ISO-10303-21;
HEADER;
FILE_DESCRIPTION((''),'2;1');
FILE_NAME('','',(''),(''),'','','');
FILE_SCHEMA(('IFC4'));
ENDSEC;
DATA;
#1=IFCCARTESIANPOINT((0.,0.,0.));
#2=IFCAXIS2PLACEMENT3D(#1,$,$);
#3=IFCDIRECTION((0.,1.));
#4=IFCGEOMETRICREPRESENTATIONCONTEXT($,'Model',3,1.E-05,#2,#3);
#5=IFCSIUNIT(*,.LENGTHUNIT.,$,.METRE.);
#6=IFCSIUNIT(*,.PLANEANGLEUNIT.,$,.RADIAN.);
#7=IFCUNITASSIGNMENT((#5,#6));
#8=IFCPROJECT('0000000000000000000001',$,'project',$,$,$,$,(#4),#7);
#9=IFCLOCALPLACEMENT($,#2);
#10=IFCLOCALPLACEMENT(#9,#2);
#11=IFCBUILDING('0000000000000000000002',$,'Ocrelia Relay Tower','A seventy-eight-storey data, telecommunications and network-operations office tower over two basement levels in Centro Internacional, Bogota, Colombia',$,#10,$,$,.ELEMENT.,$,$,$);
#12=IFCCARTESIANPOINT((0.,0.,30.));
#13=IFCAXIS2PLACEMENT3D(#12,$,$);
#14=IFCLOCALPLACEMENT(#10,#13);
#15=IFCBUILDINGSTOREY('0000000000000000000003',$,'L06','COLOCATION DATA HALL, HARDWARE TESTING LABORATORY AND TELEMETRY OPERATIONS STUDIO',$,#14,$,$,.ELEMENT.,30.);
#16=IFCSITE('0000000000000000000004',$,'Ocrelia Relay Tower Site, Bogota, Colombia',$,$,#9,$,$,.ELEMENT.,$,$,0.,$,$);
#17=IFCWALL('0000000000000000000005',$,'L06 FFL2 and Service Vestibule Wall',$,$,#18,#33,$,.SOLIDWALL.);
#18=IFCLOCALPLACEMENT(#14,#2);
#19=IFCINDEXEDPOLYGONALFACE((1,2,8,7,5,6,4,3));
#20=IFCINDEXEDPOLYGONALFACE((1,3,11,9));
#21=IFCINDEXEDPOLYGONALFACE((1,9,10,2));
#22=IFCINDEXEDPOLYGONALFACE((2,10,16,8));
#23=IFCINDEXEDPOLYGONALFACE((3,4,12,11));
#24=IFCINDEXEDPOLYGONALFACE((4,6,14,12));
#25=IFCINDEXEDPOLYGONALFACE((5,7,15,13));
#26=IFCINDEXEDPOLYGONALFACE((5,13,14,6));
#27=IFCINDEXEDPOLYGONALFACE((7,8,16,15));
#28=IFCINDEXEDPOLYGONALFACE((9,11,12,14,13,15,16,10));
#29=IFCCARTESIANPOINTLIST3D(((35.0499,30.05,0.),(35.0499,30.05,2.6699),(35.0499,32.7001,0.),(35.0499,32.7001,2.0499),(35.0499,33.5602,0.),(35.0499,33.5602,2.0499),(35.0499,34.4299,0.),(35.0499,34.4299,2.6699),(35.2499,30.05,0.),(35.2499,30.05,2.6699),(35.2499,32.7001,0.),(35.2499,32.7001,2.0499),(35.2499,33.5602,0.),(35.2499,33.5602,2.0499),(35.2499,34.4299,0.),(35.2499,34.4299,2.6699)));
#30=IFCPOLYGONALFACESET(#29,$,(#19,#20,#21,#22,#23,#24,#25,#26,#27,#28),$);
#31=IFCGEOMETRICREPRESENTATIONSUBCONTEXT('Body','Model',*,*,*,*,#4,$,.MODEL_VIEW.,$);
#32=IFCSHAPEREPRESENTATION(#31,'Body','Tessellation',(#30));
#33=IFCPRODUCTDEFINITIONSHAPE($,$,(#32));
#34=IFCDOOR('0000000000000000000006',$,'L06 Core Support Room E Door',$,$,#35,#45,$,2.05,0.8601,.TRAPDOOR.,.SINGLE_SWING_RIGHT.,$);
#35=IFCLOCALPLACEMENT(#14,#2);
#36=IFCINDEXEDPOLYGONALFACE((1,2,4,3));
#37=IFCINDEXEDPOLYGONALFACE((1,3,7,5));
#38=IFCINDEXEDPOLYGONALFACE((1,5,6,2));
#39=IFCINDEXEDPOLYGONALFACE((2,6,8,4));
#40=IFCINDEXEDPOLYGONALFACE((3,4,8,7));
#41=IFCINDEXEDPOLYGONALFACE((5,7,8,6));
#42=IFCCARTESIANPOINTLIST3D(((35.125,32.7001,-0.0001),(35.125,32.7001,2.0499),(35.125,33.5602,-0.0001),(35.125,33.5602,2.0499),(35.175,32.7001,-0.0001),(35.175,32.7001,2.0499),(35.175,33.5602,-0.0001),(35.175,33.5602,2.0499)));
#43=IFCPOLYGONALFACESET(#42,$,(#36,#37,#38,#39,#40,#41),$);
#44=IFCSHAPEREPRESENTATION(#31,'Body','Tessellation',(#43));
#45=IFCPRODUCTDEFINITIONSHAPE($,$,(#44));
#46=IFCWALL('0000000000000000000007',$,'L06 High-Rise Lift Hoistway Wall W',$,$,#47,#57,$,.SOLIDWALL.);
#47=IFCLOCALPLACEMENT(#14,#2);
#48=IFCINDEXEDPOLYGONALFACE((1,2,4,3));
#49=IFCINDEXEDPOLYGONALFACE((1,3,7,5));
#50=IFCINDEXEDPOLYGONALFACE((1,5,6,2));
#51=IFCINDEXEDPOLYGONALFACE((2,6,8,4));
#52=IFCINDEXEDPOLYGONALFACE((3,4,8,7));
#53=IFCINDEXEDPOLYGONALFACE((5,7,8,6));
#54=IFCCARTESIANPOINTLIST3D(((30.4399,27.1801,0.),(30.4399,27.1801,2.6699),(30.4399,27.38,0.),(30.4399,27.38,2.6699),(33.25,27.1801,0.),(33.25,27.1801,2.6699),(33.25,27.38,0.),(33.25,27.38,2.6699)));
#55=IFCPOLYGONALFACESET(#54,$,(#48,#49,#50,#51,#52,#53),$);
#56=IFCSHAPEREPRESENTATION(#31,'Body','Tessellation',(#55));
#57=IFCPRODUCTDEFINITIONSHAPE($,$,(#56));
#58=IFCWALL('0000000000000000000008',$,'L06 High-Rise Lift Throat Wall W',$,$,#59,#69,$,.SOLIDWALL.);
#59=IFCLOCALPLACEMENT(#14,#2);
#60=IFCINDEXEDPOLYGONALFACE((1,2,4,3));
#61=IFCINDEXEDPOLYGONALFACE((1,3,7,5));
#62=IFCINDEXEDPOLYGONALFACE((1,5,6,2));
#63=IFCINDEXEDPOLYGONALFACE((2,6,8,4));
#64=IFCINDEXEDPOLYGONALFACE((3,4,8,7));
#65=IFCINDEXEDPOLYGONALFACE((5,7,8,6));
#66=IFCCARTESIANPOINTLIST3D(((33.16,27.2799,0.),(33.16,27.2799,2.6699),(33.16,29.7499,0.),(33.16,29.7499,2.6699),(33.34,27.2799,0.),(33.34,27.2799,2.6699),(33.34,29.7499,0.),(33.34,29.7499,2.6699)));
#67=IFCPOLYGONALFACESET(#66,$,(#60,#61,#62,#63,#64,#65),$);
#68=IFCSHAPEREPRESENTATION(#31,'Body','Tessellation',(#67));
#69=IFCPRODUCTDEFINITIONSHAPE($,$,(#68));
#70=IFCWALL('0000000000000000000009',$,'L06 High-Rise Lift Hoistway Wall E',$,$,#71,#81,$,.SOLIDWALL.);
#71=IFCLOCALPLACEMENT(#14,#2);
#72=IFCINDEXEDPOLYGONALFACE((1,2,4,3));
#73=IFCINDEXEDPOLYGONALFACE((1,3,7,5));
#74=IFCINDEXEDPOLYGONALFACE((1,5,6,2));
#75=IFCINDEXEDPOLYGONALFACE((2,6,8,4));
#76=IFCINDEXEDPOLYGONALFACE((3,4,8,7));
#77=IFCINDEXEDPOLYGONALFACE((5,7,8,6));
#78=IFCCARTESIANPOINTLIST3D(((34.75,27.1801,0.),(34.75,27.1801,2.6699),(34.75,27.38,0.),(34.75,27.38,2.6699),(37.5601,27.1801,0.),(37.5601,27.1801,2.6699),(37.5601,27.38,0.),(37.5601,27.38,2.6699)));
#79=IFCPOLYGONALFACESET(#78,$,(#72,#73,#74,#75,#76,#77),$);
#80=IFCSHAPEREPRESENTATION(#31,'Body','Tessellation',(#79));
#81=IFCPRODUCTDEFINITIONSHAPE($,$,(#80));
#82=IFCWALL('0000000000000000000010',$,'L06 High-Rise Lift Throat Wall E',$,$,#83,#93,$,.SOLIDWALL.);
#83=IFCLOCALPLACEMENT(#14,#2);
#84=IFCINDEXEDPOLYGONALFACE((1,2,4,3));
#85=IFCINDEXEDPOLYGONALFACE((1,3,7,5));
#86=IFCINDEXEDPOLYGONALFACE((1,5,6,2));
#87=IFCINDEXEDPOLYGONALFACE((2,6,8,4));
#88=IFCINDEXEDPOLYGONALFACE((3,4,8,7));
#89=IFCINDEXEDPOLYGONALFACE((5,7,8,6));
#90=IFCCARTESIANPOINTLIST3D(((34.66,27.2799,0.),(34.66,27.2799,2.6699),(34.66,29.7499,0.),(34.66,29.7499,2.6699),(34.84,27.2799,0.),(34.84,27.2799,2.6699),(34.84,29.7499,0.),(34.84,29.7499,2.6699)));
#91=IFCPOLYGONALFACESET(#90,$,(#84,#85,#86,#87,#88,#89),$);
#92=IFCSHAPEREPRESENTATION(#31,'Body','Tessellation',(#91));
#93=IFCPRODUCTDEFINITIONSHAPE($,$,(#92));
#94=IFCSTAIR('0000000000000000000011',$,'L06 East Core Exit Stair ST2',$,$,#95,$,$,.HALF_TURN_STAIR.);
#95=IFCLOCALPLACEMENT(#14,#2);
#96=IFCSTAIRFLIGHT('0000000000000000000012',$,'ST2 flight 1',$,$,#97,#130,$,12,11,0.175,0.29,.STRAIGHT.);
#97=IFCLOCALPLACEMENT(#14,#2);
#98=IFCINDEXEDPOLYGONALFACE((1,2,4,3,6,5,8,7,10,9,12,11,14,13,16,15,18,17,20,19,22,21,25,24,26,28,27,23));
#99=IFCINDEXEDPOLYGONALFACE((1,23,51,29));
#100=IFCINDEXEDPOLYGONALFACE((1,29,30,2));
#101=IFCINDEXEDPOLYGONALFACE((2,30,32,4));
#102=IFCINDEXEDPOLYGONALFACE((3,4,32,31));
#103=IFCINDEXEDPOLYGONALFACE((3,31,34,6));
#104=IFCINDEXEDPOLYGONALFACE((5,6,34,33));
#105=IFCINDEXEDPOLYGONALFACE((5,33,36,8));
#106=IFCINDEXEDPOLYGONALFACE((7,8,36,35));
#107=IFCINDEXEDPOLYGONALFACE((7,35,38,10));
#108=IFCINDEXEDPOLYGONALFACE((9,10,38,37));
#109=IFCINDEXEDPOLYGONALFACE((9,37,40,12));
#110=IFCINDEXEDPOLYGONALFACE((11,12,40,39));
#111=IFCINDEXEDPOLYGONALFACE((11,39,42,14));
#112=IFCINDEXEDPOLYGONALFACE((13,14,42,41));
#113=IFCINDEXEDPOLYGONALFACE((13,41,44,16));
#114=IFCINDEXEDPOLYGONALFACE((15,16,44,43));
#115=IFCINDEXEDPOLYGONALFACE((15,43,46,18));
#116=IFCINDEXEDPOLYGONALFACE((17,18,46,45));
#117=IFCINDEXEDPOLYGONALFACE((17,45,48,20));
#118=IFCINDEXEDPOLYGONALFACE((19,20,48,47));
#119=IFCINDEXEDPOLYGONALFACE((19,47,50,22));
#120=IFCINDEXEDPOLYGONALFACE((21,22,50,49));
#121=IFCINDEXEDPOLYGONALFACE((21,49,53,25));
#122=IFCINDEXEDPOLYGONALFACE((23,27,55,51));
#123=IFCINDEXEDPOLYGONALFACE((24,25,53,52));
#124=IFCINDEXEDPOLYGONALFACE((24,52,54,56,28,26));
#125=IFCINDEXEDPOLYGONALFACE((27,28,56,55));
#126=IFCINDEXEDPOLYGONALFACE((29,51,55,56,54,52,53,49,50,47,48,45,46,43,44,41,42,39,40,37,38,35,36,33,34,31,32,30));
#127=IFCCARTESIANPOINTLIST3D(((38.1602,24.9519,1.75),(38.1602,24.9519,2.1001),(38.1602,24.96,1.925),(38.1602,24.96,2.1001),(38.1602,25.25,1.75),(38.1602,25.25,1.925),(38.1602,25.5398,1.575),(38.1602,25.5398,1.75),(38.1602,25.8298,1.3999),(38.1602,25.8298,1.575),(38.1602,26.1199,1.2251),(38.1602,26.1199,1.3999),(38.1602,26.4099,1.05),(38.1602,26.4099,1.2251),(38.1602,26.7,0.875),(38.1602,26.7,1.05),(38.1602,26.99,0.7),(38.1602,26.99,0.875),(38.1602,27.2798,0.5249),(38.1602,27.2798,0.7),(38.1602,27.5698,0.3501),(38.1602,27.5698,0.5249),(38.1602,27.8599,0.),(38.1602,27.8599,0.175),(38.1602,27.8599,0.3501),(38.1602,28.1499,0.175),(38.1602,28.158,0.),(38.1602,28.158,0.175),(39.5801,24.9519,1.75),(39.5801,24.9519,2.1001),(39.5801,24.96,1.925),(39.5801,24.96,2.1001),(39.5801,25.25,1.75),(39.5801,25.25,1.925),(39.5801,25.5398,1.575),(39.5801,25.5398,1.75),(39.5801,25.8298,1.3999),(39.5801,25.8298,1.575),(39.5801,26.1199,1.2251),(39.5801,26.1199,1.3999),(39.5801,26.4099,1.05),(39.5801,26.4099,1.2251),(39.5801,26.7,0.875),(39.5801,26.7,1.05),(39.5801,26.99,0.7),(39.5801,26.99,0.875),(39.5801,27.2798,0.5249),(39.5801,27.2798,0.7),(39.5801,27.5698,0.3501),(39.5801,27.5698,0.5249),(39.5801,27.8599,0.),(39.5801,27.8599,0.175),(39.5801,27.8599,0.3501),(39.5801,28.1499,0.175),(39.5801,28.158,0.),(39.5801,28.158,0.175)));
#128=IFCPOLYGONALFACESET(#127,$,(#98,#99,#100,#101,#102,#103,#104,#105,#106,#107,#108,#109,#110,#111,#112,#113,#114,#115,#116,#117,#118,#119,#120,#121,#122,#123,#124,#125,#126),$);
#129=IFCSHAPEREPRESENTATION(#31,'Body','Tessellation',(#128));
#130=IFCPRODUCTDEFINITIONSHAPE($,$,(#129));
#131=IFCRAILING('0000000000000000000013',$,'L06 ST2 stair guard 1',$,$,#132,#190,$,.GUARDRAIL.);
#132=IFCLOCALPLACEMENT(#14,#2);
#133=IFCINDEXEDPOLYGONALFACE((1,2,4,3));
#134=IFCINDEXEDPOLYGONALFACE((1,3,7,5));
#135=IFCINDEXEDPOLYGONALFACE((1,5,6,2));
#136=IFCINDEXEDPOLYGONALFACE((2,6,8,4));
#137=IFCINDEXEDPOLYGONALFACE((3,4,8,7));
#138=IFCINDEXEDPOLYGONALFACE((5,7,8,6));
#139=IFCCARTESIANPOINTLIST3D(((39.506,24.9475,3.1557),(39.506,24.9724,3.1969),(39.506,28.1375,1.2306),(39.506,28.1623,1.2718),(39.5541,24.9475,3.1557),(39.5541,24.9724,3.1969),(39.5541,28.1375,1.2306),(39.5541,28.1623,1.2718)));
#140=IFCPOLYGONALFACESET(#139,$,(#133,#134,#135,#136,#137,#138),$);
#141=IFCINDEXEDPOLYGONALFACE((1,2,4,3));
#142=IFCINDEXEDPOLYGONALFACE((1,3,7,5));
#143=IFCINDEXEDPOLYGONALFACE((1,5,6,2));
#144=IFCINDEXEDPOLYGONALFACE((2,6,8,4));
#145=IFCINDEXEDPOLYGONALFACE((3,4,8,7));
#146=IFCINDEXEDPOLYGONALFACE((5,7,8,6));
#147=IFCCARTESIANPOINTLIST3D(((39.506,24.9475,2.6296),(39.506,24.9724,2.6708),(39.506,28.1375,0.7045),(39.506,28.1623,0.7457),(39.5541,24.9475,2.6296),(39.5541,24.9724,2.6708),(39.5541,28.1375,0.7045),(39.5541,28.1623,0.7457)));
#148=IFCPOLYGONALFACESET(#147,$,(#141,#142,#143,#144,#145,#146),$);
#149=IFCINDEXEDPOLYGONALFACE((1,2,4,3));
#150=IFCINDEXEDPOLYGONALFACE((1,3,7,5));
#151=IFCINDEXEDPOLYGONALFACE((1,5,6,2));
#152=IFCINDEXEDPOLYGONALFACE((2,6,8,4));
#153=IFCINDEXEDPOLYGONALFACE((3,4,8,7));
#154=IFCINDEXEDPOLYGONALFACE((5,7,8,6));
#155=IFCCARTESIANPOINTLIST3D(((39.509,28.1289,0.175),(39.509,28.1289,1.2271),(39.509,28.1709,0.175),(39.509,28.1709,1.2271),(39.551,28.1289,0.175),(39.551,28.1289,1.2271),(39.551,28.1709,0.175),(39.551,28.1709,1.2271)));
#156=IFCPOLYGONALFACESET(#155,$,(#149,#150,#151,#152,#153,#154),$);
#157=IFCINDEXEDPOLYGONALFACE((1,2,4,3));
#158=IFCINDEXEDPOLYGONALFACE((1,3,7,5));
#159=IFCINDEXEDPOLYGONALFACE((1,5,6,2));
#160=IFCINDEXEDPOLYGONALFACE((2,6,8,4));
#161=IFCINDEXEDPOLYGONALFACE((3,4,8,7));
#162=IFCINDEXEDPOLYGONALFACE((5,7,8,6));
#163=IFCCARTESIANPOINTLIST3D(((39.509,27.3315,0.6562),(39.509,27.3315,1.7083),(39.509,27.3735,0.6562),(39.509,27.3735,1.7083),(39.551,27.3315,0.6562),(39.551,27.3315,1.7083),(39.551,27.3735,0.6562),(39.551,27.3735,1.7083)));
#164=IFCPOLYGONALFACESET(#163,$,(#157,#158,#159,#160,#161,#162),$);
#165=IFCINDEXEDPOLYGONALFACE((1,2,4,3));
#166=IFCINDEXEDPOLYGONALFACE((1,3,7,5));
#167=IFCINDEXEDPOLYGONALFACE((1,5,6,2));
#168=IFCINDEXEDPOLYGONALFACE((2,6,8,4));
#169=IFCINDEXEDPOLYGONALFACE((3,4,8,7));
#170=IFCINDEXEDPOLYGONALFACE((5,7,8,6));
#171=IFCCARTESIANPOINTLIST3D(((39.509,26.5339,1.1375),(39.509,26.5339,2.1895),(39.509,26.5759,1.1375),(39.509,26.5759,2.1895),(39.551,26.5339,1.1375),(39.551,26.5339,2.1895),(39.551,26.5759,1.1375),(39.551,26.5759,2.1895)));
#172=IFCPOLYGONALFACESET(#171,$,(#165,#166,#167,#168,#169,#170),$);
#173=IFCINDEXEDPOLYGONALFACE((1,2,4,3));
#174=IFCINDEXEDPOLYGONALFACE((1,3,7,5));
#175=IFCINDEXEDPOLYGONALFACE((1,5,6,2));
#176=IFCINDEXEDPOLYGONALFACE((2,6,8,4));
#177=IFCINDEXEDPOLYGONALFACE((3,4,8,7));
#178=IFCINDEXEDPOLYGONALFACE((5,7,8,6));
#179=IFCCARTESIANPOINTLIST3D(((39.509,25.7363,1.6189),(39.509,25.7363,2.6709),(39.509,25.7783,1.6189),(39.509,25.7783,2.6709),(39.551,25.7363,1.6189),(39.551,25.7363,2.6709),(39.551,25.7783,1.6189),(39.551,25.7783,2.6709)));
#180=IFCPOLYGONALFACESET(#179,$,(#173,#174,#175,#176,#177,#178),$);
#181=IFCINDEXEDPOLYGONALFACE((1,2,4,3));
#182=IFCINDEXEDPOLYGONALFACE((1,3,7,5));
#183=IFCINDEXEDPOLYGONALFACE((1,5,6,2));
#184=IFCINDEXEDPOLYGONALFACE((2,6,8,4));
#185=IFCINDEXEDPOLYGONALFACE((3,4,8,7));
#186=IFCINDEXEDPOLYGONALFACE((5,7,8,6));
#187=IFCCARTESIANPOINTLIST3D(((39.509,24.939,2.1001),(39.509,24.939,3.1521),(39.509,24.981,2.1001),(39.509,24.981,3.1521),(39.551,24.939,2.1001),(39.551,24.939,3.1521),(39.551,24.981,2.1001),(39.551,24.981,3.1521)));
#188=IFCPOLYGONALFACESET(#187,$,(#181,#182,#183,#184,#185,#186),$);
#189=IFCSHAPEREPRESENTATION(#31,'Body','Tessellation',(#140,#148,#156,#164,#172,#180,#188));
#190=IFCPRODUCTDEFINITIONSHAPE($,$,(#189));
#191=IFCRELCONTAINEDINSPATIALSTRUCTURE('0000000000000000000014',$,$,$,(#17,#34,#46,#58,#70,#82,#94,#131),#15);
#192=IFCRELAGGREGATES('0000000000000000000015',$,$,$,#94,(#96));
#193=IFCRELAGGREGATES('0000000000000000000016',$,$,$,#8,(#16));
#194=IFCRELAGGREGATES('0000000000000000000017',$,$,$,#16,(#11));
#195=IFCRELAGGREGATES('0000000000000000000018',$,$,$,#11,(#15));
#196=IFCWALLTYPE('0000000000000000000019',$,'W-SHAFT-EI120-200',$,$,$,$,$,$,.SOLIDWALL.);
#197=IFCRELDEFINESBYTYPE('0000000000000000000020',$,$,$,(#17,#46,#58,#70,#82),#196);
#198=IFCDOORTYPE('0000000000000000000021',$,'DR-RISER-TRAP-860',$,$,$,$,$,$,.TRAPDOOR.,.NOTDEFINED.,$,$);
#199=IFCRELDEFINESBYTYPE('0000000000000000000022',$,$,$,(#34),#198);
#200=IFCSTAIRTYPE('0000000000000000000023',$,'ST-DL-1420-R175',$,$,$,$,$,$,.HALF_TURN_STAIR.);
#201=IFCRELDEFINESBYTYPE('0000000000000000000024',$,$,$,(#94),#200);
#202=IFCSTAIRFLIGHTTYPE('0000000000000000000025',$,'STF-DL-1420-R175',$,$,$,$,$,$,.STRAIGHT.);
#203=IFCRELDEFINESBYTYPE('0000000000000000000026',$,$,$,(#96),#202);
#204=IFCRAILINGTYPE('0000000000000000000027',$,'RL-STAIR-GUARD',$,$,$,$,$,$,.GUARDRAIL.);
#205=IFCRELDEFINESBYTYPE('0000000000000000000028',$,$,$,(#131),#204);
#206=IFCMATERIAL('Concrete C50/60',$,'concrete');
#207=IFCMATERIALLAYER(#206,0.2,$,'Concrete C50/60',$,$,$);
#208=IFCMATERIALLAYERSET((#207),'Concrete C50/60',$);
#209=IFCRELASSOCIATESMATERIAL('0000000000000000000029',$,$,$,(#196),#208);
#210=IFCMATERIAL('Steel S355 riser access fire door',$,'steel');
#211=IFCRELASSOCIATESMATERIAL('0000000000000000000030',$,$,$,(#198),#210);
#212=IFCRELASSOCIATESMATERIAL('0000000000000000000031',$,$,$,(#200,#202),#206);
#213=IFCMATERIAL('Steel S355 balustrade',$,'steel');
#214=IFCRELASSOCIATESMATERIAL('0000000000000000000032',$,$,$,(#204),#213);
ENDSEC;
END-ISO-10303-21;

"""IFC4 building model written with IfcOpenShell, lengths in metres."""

from ifc_helpers import new_model, si_unit, direction, frame, frame_2d, origin, origin_2d, place, context, subcontext, project, spatial, polyline, rectangle, outline, extrude, material, layer, layer_set, type_object, element, fill, aggregate, save


model = new_model("IFC4")

# Units and contexts
model_context = context("Model", 3, precision=1e-05, world=origin(), true_north=direction((0.0, 1.0)))
body_context = subcontext(model_context, "Body", "Model", "MODEL_VIEW")
ifc_project = project(units=[si_unit("LENGTHUNIT", "METRE"), si_unit("PLANEANGLEUNIT", "RADIAN")], contexts=[model_context])

# Site, building, storey
site_placement = place(None, origin())
site = spatial("IfcSite", under=ifc_project, at=site_placement, Name="Ocrelia Relay Tower Site, Bogota, Colombia", CompositionType="ELEMENT", RefElevation=0.0)
building_placement = place(site_placement, origin())
building = spatial("IfcBuilding", under=site, at=building_placement, Name="Ocrelia Relay Tower", Description="A seventy-eight-storey data, telecommunications and network-operations office tower over two basement levels in Centro Internacional, Bogota, Colombia", CompositionType="ELEMENT")
storey_placement = place(building_placement, frame((0.0, 0.0, 30.0)))
storey = spatial("IfcBuildingStorey", under=building, at=storey_placement, Name="L06", Description="COLOCATION DATA HALL, HARDWARE TESTING LABORATORY AND TELEMETRY OPERATIONS STUDIO", CompositionType="ELEMENT", Elevation=30.0)

# Shared definitions
ifc_material_1 = material(Name="Concrete C50/60", Category="concrete")

# Shared definitions
ifc_layer_1 = layer(ifc_material_1, 0.2, Name="Concrete C50/60")
ifc_layer_set_1 = layer_set([ifc_layer_1], Name="Concrete C50/60")
wall_type_1 = type_object("IfcWallType", Name="W-SHAFT-EI120-200", PredefinedType="SOLIDWALL", material=ifc_layer_set_1)
ifc_material_2 = material(Name="Steel S355 riser access fire door", Category="steel")
door_type_1 = type_object("IfcDoorType", Name="DR-RISER-TRAP-860", OperationType="NOTDEFINED", PredefinedType="TRAPDOOR", material=ifc_material_2)

# Wall, opening, door
wall_1_placement = place(storey_placement, frame((35.1499, 30.05, 0.0), z_axis=(0.0, 0.0, 1.0), x_axis=(0.0, 1.0, 0.0)))
wall_1 = element("IfcWall", 1, at=wall_1_placement, inside=storey, type_object=wall_type_1, Name="L06 FFL2 and Service Vestibule Wall", PredefinedType="SOLIDWALL", context=body_context, shape_type="SweptSolid", body=[
    extrude(rectangle(XDim=4.3799, YDim=0.2, at=frame_2d((2.1899, 0.0))), origin(), (0.0, 0.0, 1.0), 2.6699),
])
opening_1_placement = place(wall_1_placement, frame((2.6499, 0.0, 0.0)))
opening_1 = element("IfcOpeningElement", 2, at=opening_1_placement, cuts=wall_1, PredefinedType="OPENING", context=body_context, shape_type="SweptSolid", body=[
    extrude(rectangle(XDim=0.8601, YDim=2.05, at=frame_2d((0.4302, 1.0249))), frame((0.0, 0.1099, 0.0), z_axis=(0.0, -1.0, 0.0), x_axis=(1.0, 0.0, 0.0)), (0.0, 0.0, 1.0), 0.22),
])
door_1_placement = place(opening_1_placement, origin())
door_1 = element("IfcDoor", 3, at=door_1_placement, inside=storey, type_object=door_type_1, Name="L06 Core Support Room E Door", OperationType="SINGLE_SWING_RIGHT", OverallHeight=2.05, OverallWidth=0.8601, PredefinedType="TRAPDOOR", context=body_context, shape_type="SweptSolid", body=[
    extrude(rectangle(XDim=0.8601, YDim=2.05, at=frame_2d((0.4302, 1.0249))), frame((0.0, 0.0249, 0.0), z_axis=(0.0, -1.0, 0.0), x_axis=(1.0, 0.0, 0.0)), (0.0, 0.0, 1.0), 0.05),
])
fill(opening_1, door_1)

# Walls
wall_2_placement = place(storey_placement, frame((30.4399, 27.28, 0.0), z_axis=(0.0, 0.0, 1.0), x_axis=(1.0, 0.0, 0.0)))
element("IfcWall", 4, at=wall_2_placement, inside=storey, type_object=wall_type_1, Name="L06 High-Rise Lift Hoistway Wall W", PredefinedType="SOLIDWALL", context=body_context, shape_type="SweptSolid", body=[
    extrude(rectangle(XDim=2.8101, YDim=0.2, at=frame_2d((1.405, 0.0))), origin(), (0.0, 0.0, 1.0), 2.6699),
])
wall_3_placement = place(storey_placement, frame((33.25, 27.28, 0.0), z_axis=(0.0, 0.0, 1.0), x_axis=(0.0, 1.0, 0.0)))
element("IfcWall", 5, at=wall_3_placement, inside=storey, type_object=wall_type_1, Name="L06 High-Rise Lift Throat Wall W", PredefinedType="SOLIDWALL", context=body_context, shape_type="SweptSolid", body=[
    extrude(rectangle(XDim=2.47, YDim=0.1799, at=frame_2d((1.2349, 0.0))), origin(), (0.0, 0.0, 1.0), 2.6699),
])
wall_4_placement = place(storey_placement, frame((34.75, 27.28, 0.0), z_axis=(0.0, 0.0, 1.0), x_axis=(1.0, 0.0, 0.0)))
element("IfcWall", 6, at=wall_4_placement, inside=storey, type_object=wall_type_1, Name="L06 High-Rise Lift Hoistway Wall E", PredefinedType="SOLIDWALL", context=body_context, shape_type="SweptSolid", body=[
    extrude(rectangle(XDim=2.8101, YDim=0.2, at=frame_2d((1.405, 0.0))), origin(), (0.0, 0.0, 1.0), 2.6699),
])
wall_5_placement = place(storey_placement, frame((34.75, 27.28, 0.0), z_axis=(0.0, 0.0, 1.0), x_axis=(0.0, 1.0, 0.0)))
element("IfcWall", 7, at=wall_5_placement, inside=storey, type_object=wall_type_1, Name="L06 High-Rise Lift Throat Wall E", PredefinedType="SOLIDWALL", context=body_context, shape_type="SweptSolid", body=[
    extrude(rectangle(XDim=2.47, YDim=0.1799, at=frame_2d((1.2349, 0.0))), origin(), (0.0, 0.0, 1.0), 2.6699),
])

# Stair, stair flight
stair_type = type_object("IfcStairType", Name="ST-DL-1420-R175", PredefinedType="HALF_TURN_STAIR", material=ifc_material_1)
stair_placement = place(storey_placement, origin())
stair = element("IfcStair", 8, at=stair_placement, inside=storey, type_object=stair_type, Name="L06 East Core Exit Stair ST2", PredefinedType="HALF_TURN_STAIR")
stair_flight_type = type_object("IfcStairFlightType", Name="STF-DL-1420-R175", PredefinedType="STRAIGHT", material=ifc_material_1)
stair_flight_placement = place(storey_placement, frame((38.8701, 28.1499, 0.0), z_axis=(0.0, 0.0, 1.0), x_axis=(0.0, -1.0, 0.0)))
stair_flight = element("IfcStairFlight", 9, at=stair_flight_placement, type_object=stair_flight_type, Name="ST2 flight 1", NumberOfRisers=12, NumberOfTreads=11, PredefinedType="STRAIGHT", RiserHeight=0.175, TreadLength=0.29, context=body_context, shape_type="SweptSolid", body=[
    extrude(outline(polyline([(-0.0081, 0.0), (-0.0081, 0.175), (0.0, 0.175), (0.29, 0.175), (0.29, 0.3501), (0.5801, 0.3501), (0.5801, 0.5249), (0.8701, 0.5249), (0.8701, 0.7), (1.1599, 0.7), (1.1599, 0.875), (1.45, 0.875), (1.45, 1.05), (1.74, 1.05), (1.74, 1.2251), (2.03, 1.2251), (2.03, 1.3999), (2.3201, 1.3999), (2.3201, 1.575), (2.6101, 1.575), (2.6101, 1.75), (2.8999, 1.75), (2.8999, 1.925), (3.1899, 1.925), (3.1899, 2.1001), (3.198, 2.1001), (3.198, 1.75), (0.29, 0.0), (-0.0081, 0.0)])), frame((0.0, 0.71, 0.0), z_axis=(0.0, -1.0, 0.0), x_axis=(1.0, 0.0, 0.0)), (0.0, 0.0, 1.0), 1.4199),
])
aggregate(stair, [stair_flight])

# Railing
ifc_material_3 = material(Name="Steel S355 balustrade", Category="steel")
railing_type_1 = type_object("IfcRailingType", Name="RL-STAIR-GUARD", PredefinedType="GUARDRAIL", material=ifc_material_3)
railing_1_placement = place(storey_placement, frame((39.53, 28.1499, 0.175)))
element("IfcRailing", 10, at=railing_1_placement, inside=storey, type_object=railing_type_1, Name="L06 ST2 stair guard 1", PredefinedType="GUARDRAIL", context=body_context, shape_type="SweptSolid", body=[
    extrude(rectangle(XDim=0.0481, YDim=0.0481, at=origin_2d()), frame((0.0, 0.0, 1.0762), z_axis=(0.0, -0.856178, 0.516682), x_axis=(1.0, 0.0, 0.0)), (0.0, 0.0, 1.0), 3.7258),
    extrude(rectangle(XDim=0.0481, YDim=0.0481, at=origin_2d()), frame((0.0, 0.0, 0.55), z_axis=(0.0, -0.856178, 0.516682), x_axis=(1.0, 0.0, 0.0)), (0.0, 0.0, 1.0), 3.7258),
    extrude(rectangle(XDim=0.042, YDim=0.042, at=origin_2d()), origin(), (0.0, 0.0, 1.0), 1.052),
    extrude(rectangle(XDim=0.042, YDim=0.042, at=origin_2d()), frame((0.0, -0.7974, 0.4812)), (0.0, 0.0, 1.0), 1.052),
    extrude(rectangle(XDim=0.042, YDim=0.042, at=origin_2d()), frame((0.0, -1.595, 0.9624)), (0.0, 0.0, 1.0), 1.052),
    extrude(rectangle(XDim=0.042, YDim=0.042, at=origin_2d()), frame((0.0, -2.3926, 1.4438)), (0.0, 0.0, 1.0), 1.052),
    extrude(rectangle(XDim=0.042, YDim=0.042, at=origin_2d()), frame((0.0, -3.1899, 1.925)), (0.0, 0.0, 1.0), 1.052),
])

save(model, "model.ifc")
